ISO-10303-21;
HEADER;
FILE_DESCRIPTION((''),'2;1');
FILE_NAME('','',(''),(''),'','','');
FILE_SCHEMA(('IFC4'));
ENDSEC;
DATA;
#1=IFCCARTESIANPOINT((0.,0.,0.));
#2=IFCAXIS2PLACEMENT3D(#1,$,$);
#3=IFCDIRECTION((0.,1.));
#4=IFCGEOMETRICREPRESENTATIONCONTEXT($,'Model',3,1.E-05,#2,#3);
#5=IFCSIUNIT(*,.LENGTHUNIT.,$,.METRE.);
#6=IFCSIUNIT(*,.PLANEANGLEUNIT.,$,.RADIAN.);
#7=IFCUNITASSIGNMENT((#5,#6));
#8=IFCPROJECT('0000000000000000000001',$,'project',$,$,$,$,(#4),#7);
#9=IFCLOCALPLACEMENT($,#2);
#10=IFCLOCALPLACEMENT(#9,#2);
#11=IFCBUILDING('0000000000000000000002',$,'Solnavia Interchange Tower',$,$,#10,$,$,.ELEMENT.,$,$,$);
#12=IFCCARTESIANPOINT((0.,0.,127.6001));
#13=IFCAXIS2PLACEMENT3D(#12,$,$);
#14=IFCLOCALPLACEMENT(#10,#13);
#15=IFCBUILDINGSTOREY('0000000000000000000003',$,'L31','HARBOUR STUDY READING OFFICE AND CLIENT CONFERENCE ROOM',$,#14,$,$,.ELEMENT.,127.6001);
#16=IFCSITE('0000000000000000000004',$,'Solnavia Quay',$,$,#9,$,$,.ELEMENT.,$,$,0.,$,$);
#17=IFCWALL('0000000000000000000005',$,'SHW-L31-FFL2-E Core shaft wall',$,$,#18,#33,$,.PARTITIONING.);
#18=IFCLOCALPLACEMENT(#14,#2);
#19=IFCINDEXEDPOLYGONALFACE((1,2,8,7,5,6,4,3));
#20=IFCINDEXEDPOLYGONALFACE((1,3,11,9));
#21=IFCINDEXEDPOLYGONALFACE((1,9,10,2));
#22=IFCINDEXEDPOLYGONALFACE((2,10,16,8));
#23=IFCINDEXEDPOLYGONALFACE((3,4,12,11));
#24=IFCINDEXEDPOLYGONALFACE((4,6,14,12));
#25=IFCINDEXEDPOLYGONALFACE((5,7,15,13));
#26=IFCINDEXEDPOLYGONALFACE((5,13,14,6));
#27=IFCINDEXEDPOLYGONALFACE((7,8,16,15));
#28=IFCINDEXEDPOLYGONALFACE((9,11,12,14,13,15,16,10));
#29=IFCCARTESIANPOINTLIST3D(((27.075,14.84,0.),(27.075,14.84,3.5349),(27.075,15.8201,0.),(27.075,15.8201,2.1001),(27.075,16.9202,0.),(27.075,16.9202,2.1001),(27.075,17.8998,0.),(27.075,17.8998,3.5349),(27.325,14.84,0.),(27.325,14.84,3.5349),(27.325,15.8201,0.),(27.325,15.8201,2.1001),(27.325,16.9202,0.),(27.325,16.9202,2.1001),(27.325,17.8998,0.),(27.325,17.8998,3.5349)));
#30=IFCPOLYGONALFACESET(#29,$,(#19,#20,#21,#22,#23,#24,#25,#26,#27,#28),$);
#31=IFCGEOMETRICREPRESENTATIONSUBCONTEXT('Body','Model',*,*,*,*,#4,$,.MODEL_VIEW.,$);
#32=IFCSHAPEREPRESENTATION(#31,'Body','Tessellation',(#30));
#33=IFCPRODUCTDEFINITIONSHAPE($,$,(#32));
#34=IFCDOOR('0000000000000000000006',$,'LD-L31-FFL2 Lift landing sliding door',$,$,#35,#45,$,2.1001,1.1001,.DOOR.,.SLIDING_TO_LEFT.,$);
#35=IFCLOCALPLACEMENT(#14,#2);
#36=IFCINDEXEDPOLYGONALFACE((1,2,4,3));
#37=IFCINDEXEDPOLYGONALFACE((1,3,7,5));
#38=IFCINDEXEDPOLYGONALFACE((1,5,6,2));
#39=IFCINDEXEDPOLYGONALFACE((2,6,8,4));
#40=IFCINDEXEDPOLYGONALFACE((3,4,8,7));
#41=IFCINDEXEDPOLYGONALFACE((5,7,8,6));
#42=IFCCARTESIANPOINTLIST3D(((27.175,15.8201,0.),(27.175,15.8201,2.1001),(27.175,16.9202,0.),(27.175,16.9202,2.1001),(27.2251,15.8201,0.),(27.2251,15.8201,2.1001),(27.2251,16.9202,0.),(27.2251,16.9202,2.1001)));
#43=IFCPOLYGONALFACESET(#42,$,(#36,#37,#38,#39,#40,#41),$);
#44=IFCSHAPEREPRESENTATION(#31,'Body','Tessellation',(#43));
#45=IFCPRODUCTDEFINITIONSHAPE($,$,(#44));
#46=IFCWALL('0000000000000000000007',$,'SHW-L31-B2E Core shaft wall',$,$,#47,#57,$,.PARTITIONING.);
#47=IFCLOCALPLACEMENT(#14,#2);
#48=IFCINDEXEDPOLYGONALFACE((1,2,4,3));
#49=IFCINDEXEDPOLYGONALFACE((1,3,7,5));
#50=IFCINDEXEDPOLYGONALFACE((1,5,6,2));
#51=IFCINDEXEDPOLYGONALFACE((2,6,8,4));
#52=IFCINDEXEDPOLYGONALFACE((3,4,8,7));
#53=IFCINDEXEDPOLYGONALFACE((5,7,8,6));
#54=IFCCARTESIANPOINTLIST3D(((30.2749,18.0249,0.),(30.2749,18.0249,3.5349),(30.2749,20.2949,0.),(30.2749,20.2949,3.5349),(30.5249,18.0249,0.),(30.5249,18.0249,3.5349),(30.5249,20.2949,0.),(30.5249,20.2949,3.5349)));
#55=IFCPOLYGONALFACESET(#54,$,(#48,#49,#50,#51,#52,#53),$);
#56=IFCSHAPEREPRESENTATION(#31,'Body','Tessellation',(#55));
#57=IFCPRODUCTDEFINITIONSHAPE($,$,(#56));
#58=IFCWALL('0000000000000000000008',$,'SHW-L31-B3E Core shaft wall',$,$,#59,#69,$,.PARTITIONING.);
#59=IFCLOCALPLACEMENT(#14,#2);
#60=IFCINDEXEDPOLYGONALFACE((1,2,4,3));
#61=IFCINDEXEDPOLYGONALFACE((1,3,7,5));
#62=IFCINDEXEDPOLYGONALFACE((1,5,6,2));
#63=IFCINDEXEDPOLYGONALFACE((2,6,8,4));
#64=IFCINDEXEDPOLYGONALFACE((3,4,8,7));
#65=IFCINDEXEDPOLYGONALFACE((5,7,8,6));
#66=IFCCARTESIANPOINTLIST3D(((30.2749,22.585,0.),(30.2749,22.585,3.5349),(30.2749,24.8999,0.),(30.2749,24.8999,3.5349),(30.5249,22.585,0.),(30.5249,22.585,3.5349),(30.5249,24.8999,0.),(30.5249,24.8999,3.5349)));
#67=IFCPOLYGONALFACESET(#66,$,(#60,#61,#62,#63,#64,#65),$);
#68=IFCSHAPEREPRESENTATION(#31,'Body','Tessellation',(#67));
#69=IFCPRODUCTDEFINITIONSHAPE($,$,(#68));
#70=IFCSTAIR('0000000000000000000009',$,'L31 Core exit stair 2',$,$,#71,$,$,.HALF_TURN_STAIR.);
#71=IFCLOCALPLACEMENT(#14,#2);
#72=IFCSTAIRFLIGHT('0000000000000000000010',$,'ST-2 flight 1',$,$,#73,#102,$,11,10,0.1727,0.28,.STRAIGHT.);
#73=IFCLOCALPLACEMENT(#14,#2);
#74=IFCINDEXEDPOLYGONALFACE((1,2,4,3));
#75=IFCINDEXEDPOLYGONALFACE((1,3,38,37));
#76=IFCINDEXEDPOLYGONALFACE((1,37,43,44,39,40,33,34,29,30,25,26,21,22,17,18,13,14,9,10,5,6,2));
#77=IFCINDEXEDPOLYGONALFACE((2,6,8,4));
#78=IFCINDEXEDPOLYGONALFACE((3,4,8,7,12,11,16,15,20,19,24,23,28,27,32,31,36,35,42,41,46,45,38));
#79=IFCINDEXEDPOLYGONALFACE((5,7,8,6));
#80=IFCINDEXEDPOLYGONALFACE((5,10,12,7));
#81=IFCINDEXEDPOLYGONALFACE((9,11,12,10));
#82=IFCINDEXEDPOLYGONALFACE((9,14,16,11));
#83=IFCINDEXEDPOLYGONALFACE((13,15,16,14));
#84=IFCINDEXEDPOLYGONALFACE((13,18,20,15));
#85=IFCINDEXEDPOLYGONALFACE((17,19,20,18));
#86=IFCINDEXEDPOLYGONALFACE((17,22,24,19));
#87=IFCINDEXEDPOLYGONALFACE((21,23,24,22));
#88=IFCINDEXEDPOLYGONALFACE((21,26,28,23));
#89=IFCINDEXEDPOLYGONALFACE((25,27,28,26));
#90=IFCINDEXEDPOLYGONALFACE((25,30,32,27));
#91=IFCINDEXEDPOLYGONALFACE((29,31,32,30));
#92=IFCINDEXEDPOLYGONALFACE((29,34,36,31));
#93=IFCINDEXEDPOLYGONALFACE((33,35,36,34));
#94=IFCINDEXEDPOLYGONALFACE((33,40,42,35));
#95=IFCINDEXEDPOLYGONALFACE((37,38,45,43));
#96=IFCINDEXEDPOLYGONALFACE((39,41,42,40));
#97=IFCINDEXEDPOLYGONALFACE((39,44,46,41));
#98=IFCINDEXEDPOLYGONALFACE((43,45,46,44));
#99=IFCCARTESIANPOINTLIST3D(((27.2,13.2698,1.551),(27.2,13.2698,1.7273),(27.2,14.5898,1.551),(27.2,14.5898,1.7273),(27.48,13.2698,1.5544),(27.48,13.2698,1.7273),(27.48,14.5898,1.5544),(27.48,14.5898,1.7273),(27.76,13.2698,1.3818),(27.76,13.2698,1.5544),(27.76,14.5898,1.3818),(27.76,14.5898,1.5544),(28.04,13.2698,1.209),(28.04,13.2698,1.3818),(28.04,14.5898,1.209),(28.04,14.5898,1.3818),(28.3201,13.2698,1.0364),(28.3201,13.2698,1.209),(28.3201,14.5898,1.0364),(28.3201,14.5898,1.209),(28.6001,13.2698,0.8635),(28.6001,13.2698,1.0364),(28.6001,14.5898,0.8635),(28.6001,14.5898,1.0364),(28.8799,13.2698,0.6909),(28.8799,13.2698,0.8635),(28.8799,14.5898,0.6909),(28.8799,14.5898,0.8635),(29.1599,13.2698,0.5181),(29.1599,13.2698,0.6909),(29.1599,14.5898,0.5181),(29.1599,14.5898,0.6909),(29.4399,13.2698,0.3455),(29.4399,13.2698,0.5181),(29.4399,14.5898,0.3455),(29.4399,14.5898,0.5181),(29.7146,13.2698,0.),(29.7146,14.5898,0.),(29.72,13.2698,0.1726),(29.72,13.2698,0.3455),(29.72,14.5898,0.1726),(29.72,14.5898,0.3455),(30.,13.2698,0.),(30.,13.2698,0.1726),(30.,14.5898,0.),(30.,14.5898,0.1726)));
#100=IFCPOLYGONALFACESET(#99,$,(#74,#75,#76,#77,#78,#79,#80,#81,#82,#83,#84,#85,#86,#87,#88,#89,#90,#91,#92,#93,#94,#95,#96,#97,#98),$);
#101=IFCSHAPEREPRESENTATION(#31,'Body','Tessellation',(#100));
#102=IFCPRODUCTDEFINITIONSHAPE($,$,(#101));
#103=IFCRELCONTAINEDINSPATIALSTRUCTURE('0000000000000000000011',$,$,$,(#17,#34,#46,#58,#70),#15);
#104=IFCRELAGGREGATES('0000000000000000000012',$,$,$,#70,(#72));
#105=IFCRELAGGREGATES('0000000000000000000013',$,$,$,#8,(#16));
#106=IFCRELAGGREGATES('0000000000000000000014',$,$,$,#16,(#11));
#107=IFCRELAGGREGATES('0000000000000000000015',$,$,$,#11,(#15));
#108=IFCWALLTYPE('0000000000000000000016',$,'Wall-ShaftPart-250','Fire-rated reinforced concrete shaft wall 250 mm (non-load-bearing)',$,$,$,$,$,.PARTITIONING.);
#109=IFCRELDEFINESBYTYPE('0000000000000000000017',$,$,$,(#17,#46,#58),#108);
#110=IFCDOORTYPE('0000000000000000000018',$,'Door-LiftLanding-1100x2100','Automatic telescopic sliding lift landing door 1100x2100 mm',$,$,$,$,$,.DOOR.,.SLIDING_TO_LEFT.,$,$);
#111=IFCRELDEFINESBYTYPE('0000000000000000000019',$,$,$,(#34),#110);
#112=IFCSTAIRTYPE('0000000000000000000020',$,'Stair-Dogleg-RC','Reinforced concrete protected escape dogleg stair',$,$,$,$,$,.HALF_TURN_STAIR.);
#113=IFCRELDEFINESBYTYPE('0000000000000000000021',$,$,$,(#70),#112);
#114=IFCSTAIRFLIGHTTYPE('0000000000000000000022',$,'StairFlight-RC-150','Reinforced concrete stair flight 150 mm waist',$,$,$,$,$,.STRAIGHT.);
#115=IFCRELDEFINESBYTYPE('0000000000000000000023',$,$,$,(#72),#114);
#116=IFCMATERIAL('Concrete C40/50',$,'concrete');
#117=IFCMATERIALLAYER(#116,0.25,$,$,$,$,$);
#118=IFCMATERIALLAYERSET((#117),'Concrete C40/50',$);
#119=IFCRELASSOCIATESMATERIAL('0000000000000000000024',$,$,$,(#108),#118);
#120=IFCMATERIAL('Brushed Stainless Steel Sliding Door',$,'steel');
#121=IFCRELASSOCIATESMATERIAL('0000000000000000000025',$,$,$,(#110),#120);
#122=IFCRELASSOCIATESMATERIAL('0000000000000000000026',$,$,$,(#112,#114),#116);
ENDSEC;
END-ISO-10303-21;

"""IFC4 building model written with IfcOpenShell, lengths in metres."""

from ifc_helpers import new_model, si_unit, direction, frame, frame_2d, origin, place, context, subcontext, project, spatial, polyline, rectangle, outline, extrude, material, layer, layer_set, type_object, element, fill, aggregate, save


model = new_model("IFC4")

# Units and contexts
model_context = context("Model", 3, precision=1e-05, world=origin(), true_north=direction((0.0, 1.0)))
body_context = subcontext(model_context, "Body", "Model", "MODEL_VIEW")
ifc_project = project(units=[si_unit("LENGTHUNIT", "METRE"), si_unit("PLANEANGLEUNIT", "RADIAN")], contexts=[model_context])

# Site, building, storey
site_placement = place(None, origin())
site = spatial("IfcSite", under=ifc_project, at=site_placement, Name="Solnavia Quay", CompositionType="ELEMENT", RefElevation=0.0)
building_placement = place(site_placement, origin())
building = spatial("IfcBuilding", under=site, at=building_placement, Name="Solnavia Interchange Tower", CompositionType="ELEMENT")
storey_placement = place(building_placement, frame((0.0, 0.0, 127.6001)))
storey = spatial("IfcBuildingStorey", under=building, at=storey_placement, Name="L31", Description="HARBOUR STUDY READING OFFICE AND CLIENT CONFERENCE ROOM", CompositionType="ELEMENT", Elevation=127.6001)

# Shared definitions
ifc_material_1 = material(Name="Concrete C40/50", Category="concrete")

# Wall, opening, door
ifc_layer_1 = layer(ifc_material_1, 0.25)
ifc_layer_set_1 = layer_set([ifc_layer_1], Name="Concrete C40/50")
wall_type_1 = type_object("IfcWallType", Name="Wall-ShaftPart-250", Description="Fire-rated reinforced concrete shaft wall 250 mm (non-load-bearing)", PredefinedType="PARTITIONING", material=ifc_layer_set_1)
wall_1_placement = place(storey_placement, frame((27.2, 14.8401, 0.0), z_axis=(0.0, 0.0, 1.0), x_axis=(0.0, 1.0, 0.0)))
wall_1 = element("IfcWall", 1, at=wall_1_placement, inside=storey, type_object=wall_type_1, Name="SHW-L31-FFL2-E Core shaft wall", PredefinedType="PARTITIONING", context=body_context, shape_type="SweptSolid", body=[
    extrude(rectangle(XDim=3.0598, YDim=0.25, at=frame_2d((1.5298, 0.0))), origin(), (0.0, 0.0, 1.0), 3.5349),
])
opening_1_placement = place(wall_1_placement, frame((0.98, 0.0, 0.0)))
opening_1 = element("IfcOpeningElement", 2, at=opening_1_placement, cuts=wall_1, PredefinedType="OPENING", context=body_context, shape_type="SweptSolid", body=[
    extrude(rectangle(XDim=1.1001, YDim=2.1001, at=frame_2d((0.55, 1.05))), frame((0.0, 0.135, 0.0), z_axis=(0.0, -1.0, 0.0), x_axis=(1.0, 0.0, 0.0)), (0.0, 0.0, 1.0), 0.27),
])
ifc_material_2 = material(Name="Brushed Stainless Steel Sliding Door", Category="steel")
door_type_1 = type_object("IfcDoorType", Name="Door-LiftLanding-1100x2100", Description="Automatic telescopic sliding lift landing door 1100x2100 mm", OperationType="SLIDING_TO_LEFT", PredefinedType="DOOR", material=ifc_material_2)
door_1_placement = place(opening_1_placement, origin())
door_1 = element("IfcDoor", 3, at=door_1_placement, inside=storey, type_object=door_type_1, Name="LD-L31-FFL2 Lift landing sliding door", OperationType="SLIDING_TO_LEFT", OverallHeight=2.1001, OverallWidth=1.1001, PredefinedType="DOOR", context=body_context, shape_type="SweptSolid", body=[
    extrude(rectangle(XDim=1.1001, YDim=2.1001, at=frame_2d((0.55, 1.05))), frame((0.0, 0.0249, 0.0), z_axis=(0.0, -1.0, 0.0), x_axis=(1.0, 0.0, 0.0)), (0.0, 0.0, 1.0), 0.05),
])
fill(opening_1, door_1)

# Walls
wall_2_placement = place(storey_placement, frame((30.3999, 18.0249, 0.0), z_axis=(0.0, 0.0, 1.0), x_axis=(0.0, 1.0, 0.0)))
element("IfcWall", 4, at=wall_2_placement, inside=storey, type_object=wall_type_1, Name="SHW-L31-B2E Core shaft wall", PredefinedType="PARTITIONING", context=body_context, shape_type="SweptSolid", body=[
    extrude(rectangle(XDim=2.27, YDim=0.25, at=frame_2d((1.135, 0.0))), origin(), (0.0, 0.0, 1.0), 3.5349),
])
wall_3_placement = place(storey_placement, frame((30.3999, 22.585, 0.0), z_axis=(0.0, 0.0, 1.0), x_axis=(0.0, 1.0, 0.0)))
element("IfcWall", 5, at=wall_3_placement, inside=storey, type_object=wall_type_1, Name="SHW-L31-B3E Core shaft wall", PredefinedType="PARTITIONING", context=body_context, shape_type="SweptSolid", body=[
    extrude(rectangle(XDim=2.3149, YDim=0.25, at=frame_2d((1.1575, 0.0))), origin(), (0.0, 0.0, 1.0), 3.5349),
])

# Stair, stair flight
stair_type = type_object("IfcStairType", Name="Stair-Dogleg-RC", Description="Reinforced concrete protected escape dogleg stair", PredefinedType="HALF_TURN_STAIR", material=ifc_material_1)
stair_placement = place(storey_placement, origin())
stair = element("IfcStair", 6, at=stair_placement, inside=storey, type_object=stair_type, Name="L31 Core exit stair 2", PredefinedType="HALF_TURN_STAIR")
stair_flight_type = type_object("IfcStairFlightType", Name="StairFlight-RC-150", Description="Reinforced concrete stair flight 150 mm waist", PredefinedType="STRAIGHT", material=ifc_material_1)
stair_flight_placement = place(storey_placement, frame((30.0, 13.9299, 0.0), z_axis=(0.0, 0.0, 1.0), x_axis=(-1.0, 0.0, 0.0)))
stair_flight = element("IfcStairFlight", 7, at=stair_flight_placement, type_object=stair_flight_type, Name="ST-2 flight 1", NumberOfRisers=11, NumberOfTreads=10, PredefinedType="STRAIGHT", RiserHeight=0.1727, TreadLength=0.28, context=body_context, shape_type="SweptSolid", body=[
    extrude(outline(polyline([(0.0, 0.0), (0.0, 0.1726), (0.28, 0.1726), (0.28, 0.3455), (0.5601, 0.3455), (0.5601, 0.5181), (0.8401, 0.5181), (0.8401, 0.6909), (1.1201, 0.6909), (1.1201, 0.8635), (1.3999, 0.8635), (1.3999, 1.0364), (1.6799, 1.0364), (1.6799, 1.209), (1.96, 1.209), (1.96, 1.3818), (2.24, 1.3818), (2.24, 1.5544), (2.52, 1.5544), (2.52, 1.7273), (2.8, 1.7273), (2.8, 1.8999), (2.8, 1.551), (0.2854, 0.0), (0.0, 0.0)])), frame((0.0, 0.6602, 0.0), z_axis=(0.0, -1.0, 0.0), x_axis=(1.0, 0.0, 0.0)), (0.0, 0.0, 1.0), 1.3201),
])
aggregate(stair, [stair_flight])

save(model, "model.ifc")
